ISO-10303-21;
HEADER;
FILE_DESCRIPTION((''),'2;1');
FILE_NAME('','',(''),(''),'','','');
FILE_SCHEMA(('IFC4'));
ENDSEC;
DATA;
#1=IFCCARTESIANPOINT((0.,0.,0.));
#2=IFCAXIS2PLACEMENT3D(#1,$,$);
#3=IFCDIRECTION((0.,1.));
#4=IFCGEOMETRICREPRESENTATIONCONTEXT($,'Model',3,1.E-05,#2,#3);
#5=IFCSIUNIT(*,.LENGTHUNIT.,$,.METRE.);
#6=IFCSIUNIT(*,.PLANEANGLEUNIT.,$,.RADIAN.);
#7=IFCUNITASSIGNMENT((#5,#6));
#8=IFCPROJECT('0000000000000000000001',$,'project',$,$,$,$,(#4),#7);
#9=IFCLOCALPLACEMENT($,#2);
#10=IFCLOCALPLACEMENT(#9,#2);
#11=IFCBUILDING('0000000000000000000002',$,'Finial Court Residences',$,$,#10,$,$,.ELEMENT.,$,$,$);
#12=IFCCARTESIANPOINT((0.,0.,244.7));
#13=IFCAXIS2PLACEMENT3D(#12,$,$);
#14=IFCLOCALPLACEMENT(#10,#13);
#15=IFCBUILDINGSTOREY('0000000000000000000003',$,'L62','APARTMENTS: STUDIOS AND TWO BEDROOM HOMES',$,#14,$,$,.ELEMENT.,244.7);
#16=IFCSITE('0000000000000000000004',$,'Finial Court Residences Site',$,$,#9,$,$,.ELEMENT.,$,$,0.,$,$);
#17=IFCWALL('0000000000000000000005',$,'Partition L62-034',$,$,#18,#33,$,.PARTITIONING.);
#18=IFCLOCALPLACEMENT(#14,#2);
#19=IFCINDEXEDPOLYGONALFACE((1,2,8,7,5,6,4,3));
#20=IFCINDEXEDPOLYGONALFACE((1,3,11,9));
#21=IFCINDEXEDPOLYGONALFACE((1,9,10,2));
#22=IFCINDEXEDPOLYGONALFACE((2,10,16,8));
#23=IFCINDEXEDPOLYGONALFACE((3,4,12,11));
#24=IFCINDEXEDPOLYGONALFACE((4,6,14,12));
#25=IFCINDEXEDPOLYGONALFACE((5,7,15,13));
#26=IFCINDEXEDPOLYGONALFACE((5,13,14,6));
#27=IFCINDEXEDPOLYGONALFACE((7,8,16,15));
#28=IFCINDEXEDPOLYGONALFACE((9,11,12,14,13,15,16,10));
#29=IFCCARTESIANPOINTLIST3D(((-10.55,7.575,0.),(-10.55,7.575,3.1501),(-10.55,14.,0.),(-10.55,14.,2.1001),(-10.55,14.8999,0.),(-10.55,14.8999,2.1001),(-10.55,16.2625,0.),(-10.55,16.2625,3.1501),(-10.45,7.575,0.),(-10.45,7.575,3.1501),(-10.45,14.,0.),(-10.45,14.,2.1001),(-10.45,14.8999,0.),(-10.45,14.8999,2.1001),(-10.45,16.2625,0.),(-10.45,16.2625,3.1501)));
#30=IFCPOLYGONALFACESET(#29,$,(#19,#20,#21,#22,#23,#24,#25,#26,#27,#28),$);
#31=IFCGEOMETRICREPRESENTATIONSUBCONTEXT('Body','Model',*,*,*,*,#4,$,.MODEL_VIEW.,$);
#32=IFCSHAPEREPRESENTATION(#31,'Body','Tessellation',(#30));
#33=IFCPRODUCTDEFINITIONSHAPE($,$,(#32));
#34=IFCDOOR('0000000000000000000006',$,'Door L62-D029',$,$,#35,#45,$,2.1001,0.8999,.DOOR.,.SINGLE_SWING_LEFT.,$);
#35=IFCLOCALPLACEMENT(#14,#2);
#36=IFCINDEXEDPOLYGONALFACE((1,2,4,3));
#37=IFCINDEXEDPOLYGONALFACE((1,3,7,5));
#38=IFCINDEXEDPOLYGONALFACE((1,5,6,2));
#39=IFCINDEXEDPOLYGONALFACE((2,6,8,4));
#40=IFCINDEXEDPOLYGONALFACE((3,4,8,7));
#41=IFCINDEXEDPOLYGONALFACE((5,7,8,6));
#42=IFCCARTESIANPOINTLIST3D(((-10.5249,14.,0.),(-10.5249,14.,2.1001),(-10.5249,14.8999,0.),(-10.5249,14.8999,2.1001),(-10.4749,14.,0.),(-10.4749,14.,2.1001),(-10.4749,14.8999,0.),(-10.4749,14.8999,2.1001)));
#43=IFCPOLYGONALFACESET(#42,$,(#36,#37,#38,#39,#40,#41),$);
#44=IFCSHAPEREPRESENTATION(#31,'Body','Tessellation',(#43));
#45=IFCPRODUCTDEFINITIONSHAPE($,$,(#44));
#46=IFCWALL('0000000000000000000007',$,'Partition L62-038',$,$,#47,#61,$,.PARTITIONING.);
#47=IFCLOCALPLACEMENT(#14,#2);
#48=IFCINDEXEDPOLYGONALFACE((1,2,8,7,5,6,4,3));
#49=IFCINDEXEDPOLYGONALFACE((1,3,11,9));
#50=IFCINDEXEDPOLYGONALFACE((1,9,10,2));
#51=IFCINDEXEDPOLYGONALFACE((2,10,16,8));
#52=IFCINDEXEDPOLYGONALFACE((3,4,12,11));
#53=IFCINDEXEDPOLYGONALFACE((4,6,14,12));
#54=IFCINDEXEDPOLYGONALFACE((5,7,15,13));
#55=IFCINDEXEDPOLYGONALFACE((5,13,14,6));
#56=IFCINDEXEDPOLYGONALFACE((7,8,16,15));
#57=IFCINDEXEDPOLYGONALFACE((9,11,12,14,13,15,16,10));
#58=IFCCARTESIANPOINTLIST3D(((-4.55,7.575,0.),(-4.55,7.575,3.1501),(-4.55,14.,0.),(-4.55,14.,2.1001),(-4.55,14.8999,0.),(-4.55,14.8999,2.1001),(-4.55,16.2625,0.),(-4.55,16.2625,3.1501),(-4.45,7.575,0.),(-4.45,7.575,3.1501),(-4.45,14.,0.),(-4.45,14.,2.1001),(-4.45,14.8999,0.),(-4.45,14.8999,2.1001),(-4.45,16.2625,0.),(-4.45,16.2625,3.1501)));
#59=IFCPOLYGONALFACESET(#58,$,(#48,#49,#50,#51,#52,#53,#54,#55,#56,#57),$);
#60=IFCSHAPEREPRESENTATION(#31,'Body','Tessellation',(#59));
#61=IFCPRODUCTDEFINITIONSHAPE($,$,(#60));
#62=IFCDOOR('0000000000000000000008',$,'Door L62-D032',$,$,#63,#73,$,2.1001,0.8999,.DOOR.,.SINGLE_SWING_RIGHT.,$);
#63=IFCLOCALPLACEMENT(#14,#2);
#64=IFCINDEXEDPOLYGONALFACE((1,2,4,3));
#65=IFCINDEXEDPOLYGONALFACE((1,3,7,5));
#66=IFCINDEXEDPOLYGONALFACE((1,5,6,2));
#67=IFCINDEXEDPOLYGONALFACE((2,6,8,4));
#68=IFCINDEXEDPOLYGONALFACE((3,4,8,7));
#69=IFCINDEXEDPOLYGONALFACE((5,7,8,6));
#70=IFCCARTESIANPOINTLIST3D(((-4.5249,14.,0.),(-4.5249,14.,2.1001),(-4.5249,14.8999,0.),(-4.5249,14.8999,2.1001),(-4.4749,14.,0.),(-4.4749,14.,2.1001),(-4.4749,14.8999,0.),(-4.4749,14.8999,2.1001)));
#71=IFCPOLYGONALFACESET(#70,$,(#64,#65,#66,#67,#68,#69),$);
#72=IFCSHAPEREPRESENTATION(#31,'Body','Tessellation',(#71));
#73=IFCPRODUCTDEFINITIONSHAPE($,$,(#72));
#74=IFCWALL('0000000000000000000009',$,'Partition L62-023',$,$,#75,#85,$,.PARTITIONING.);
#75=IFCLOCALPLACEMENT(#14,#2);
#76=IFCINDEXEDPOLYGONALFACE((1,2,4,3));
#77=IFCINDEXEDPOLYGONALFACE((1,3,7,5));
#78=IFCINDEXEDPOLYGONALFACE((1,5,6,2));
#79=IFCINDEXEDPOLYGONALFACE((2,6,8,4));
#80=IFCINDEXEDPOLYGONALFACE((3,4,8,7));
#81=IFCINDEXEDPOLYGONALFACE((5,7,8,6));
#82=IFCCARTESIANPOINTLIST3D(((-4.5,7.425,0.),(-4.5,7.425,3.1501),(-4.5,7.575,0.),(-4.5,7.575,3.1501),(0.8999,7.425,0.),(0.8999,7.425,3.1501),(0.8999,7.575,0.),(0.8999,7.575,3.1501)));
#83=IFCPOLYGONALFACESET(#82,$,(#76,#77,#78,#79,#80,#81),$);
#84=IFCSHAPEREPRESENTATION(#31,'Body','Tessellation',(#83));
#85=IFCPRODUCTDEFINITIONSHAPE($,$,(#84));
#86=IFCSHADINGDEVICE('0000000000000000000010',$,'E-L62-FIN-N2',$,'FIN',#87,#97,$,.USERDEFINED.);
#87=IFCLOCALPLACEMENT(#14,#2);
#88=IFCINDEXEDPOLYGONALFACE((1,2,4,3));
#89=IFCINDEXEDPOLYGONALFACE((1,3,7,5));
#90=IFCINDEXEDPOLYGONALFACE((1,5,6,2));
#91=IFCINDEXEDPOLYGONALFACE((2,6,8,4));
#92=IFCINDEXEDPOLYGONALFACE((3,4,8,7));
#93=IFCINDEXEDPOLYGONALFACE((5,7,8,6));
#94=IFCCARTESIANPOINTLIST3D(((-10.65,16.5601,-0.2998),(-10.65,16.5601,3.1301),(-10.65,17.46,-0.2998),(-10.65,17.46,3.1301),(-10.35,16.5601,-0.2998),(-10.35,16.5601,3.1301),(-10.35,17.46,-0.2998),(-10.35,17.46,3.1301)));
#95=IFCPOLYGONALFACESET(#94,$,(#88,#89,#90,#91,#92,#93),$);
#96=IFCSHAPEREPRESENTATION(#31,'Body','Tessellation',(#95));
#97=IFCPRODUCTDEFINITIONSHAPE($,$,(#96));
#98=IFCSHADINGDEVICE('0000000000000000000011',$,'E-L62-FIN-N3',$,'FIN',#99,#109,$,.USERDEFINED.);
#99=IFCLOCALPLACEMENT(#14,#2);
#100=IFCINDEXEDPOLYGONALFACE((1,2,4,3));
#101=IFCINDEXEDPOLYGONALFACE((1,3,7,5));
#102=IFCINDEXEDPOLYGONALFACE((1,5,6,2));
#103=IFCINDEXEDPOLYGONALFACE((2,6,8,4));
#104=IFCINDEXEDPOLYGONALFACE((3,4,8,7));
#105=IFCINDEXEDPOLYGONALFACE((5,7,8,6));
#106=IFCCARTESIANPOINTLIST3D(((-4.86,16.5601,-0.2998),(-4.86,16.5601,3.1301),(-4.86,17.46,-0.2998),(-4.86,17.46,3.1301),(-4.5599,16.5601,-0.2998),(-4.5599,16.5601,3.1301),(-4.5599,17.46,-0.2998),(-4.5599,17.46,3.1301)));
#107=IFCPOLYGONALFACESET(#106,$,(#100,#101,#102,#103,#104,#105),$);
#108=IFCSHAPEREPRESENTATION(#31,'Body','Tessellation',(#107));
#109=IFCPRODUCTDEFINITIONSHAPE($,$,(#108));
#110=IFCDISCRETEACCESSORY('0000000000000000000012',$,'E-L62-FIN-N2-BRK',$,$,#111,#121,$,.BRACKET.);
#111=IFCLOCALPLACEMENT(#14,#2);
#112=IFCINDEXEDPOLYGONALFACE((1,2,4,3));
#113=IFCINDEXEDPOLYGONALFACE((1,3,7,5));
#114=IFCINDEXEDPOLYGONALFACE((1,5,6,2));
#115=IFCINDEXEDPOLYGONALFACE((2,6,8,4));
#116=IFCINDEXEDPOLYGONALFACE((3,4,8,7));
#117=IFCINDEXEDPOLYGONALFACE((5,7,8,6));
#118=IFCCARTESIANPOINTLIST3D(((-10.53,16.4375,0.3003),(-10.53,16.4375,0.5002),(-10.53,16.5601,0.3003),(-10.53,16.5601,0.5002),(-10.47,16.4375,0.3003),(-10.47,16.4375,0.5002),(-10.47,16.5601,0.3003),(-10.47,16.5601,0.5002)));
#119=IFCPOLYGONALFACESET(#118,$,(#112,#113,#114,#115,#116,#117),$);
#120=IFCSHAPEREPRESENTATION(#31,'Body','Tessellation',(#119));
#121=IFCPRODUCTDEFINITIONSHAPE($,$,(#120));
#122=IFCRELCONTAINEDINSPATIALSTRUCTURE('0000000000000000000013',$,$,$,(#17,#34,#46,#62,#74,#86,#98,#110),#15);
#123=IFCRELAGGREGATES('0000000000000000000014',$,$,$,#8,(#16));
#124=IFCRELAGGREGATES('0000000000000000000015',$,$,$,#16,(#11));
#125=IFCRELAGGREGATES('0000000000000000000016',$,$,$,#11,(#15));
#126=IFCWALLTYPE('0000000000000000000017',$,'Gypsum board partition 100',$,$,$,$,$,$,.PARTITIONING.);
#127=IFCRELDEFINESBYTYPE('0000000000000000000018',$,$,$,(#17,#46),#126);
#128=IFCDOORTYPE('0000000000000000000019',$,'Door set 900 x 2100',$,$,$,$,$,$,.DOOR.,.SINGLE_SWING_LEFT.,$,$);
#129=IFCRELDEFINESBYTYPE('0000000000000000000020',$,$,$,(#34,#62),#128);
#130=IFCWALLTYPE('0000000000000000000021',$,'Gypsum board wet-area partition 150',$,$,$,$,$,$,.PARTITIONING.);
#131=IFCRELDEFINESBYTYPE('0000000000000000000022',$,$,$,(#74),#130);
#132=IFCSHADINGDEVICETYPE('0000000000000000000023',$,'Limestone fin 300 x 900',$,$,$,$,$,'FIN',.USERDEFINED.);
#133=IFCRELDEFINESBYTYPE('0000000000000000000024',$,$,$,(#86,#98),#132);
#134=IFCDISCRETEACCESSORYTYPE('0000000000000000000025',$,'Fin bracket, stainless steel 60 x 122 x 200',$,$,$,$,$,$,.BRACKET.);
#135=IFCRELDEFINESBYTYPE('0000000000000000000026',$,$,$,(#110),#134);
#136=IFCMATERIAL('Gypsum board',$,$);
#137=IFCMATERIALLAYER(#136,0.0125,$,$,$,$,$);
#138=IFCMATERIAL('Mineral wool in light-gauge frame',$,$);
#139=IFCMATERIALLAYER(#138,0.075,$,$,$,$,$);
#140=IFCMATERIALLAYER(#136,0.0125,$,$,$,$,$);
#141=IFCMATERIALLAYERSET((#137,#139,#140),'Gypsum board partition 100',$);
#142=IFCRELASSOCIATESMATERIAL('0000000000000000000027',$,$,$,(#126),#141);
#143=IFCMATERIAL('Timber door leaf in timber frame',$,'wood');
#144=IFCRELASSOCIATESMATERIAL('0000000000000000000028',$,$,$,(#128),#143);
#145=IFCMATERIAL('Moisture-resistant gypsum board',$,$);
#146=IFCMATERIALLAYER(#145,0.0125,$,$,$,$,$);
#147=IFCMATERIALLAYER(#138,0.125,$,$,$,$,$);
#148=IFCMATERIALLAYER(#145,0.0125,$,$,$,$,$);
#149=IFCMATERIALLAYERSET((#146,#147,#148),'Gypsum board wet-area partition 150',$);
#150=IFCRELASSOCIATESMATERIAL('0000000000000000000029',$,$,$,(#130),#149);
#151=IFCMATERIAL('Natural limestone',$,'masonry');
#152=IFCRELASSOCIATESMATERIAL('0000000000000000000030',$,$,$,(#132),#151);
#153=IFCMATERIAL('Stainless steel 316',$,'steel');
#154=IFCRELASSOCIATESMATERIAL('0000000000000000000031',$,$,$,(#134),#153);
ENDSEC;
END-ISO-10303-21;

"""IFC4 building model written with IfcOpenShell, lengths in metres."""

from ifc_helpers import new_model, si_unit, direction, frame, frame_2d, origin, origin_2d, place, context, subcontext, project, spatial, rectangle, extrude, material, layer, layer_set, type_object, element, fill, save


model = new_model("IFC4")

# Units and contexts
model_context = context("Model", 3, precision=1e-05, world=origin(), true_north=direction((0.0, 1.0)))
body_context = subcontext(model_context, "Body", "Model", "MODEL_VIEW")
ifc_project = project(units=[si_unit("LENGTHUNIT", "METRE"), si_unit("PLANEANGLEUNIT", "RADIAN")], contexts=[model_context])

# Site, building, storey
site_placement = place(None, origin())
site = spatial("IfcSite", under=ifc_project, at=site_placement, Name="Finial Court Residences Site", CompositionType="ELEMENT", RefElevation=0.0)
building_placement = place(site_placement, origin())
building = spatial("IfcBuilding", under=site, at=building_placement, Name="Finial Court Residences", CompositionType="ELEMENT")
storey_placement = place(building_placement, frame((0.0, 0.0, 244.7)))
storey = spatial("IfcBuildingStorey", under=building, at=storey_placement, Name="L62", Description="APARTMENTS: STUDIOS AND TWO BEDROOM HOMES", CompositionType="ELEMENT", Elevation=244.7)

# Walls, openings, doors
ifc_material_1 = material(Name="Gypsum board")
ifc_layer_1 = layer(ifc_material_1, 0.0125)
ifc_material_2 = material(Name="Mineral wool in light-gauge frame")
ifc_layer_2 = layer(ifc_material_2, 0.075)
ifc_layer_3 = layer(ifc_material_1, 0.0125)
ifc_layer_set_1 = layer_set([ifc_layer_1, ifc_layer_2, ifc_layer_3], Name="Gypsum board partition 100")
wall_type_1 = type_object("IfcWallType", Name="Gypsum board partition 100", PredefinedType="PARTITIONING", material=ifc_layer_set_1)
ifc_material_3 = material(Name="Timber door leaf in timber frame", Category="wood")
door_type = type_object("IfcDoorType", Name="Door set 900 x 2100", OperationType="SINGLE_SWING_LEFT", PredefinedType="DOOR", material=ifc_material_3)
wall_1_placement = place(storey_placement, frame((-10.5, 7.575, 0.0), z_axis=(0.0, 0.0, 1.0), x_axis=(0.0, 1.0, 0.0)))
wall_1 = element("IfcWall", 1, at=wall_1_placement, inside=storey, type_object=wall_type_1, Name="Partition L62-034", PredefinedType="PARTITIONING", context=body_context, shape_type="SweptSolid", body=[
    extrude(rectangle(XDim=8.6875, YDim=0.1001, at=frame_2d((4.3438, 0.0))), origin(), (0.0, 0.0, 1.0), 3.1501),
])
opening_1_placement = place(wall_1_placement, frame((6.425, 0.0, 0.0)))
opening_1 = element("IfcOpeningElement", 2, at=opening_1_placement, cuts=wall_1, PredefinedType="OPENING", context=body_context, shape_type="SweptSolid", body=[
    extrude(rectangle(XDim=0.8999, YDim=2.1001, at=frame_2d((0.45, 1.05))), frame((0.0, 0.0601, 0.0), z_axis=(0.0, -1.0, 0.0), x_axis=(1.0, 0.0, 0.0)), (0.0, 0.0, 1.0), 0.1201),
])
door_1_placement = place(opening_1_placement, origin())
door_1 = element("IfcDoor", 3, at=door_1_placement, inside=storey, type_object=door_type, Name="Door L62-D029", OperationType="SINGLE_SWING_LEFT", OverallHeight=2.1001, OverallWidth=0.8999, PredefinedType="DOOR", context=body_context, shape_type="SweptSolid", body=[
    extrude(rectangle(XDim=0.8999, YDim=2.1001, at=frame_2d((0.45, 1.05))), frame((0.0, 0.0249, 0.0), z_axis=(0.0, -1.0, 0.0), x_axis=(1.0, 0.0, 0.0)), (0.0, 0.0, 1.0), 0.05),
])
fill(opening_1, door_1)
wall_2_placement = place(storey_placement, frame((-4.5, 7.575, 0.0), z_axis=(0.0, 0.0, 1.0), x_axis=(0.0, 1.0, 0.0)))
wall_2 = element("IfcWall", 4, at=wall_2_placement, inside=storey, type_object=wall_type_1, Name="Partition L62-038", PredefinedType="PARTITIONING", context=body_context, shape_type="SweptSolid", body=[
    extrude(rectangle(XDim=8.6875, YDim=0.1001, at=frame_2d((4.3438, 0.0))), origin(), (0.0, 0.0, 1.0), 3.1501),
])
opening_2_placement = place(wall_2_placement, frame((6.425, 0.0, 0.0)))
opening_2 = element("IfcOpeningElement", 5, at=opening_2_placement, cuts=wall_2, PredefinedType="OPENING", context=body_context, shape_type="SweptSolid", body=[
    extrude(rectangle(XDim=0.8999, YDim=2.1001, at=frame_2d((0.45, 1.05))), frame((0.0, 0.0601, 0.0), z_axis=(0.0, -1.0, 0.0), x_axis=(1.0, 0.0, 0.0)), (0.0, 0.0, 1.0), 0.1201),
])
door_2_placement = place(opening_2_placement, origin())
door_2 = element("IfcDoor", 6, at=door_2_placement, inside=storey, type_object=door_type, Name="Door L62-D032", OperationType="SINGLE_SWING_RIGHT", OverallHeight=2.1001, OverallWidth=0.8999, PredefinedType="DOOR", context=body_context, shape_type="SweptSolid", body=[
    extrude(rectangle(XDim=0.8999, YDim=2.1001, at=frame_2d((0.45, 1.05))), frame((0.0, 0.0249, 0.0), z_axis=(0.0, -1.0, 0.0), x_axis=(1.0, 0.0, 0.0)), (0.0, 0.0, 1.0), 0.05),
])
fill(opening_2, door_2)

# Wall
ifc_material_4 = material(Name="Moisture-resistant gypsum board")
ifc_layer_4 = layer(ifc_material_4, 0.0125)
ifc_layer_5 = layer(ifc_material_2, 0.125)
ifc_layer_6 = layer(ifc_material_4, 0.0125)
ifc_layer_set_2 = layer_set([ifc_layer_4, ifc_layer_5, ifc_layer_6], Name="Gypsum board wet-area partition 150")
wall_type_2 = type_object("IfcWallType", Name="Gypsum board wet-area partition 150", PredefinedType="PARTITIONING", material=ifc_layer_set_2)
wall_3_placement = place(storey_placement, frame((-4.5, 7.5, 0.0), z_axis=(0.0, 0.0, 1.0), x_axis=(1.0, 0.0, 0.0)))
element("IfcWall", 7, at=wall_3_placement, inside=storey, type_object=wall_type_2, Name="Partition L62-023", PredefinedType="PARTITIONING", context=body_context, shape_type="SweptSolid", body=[
    extrude(rectangle(XDim=5.3999, YDim=0.1499, at=frame_2d((2.7, 0.0))), origin(), (0.0, 0.0, 1.0), 3.1501),
])

# Shading devices
ifc_material_5 = material(Name="Natural limestone", Category="masonry")
shading_device_type = type_object("IfcShadingDeviceType", Name="Limestone fin 300 x 900", ElementType="FIN", PredefinedType="USERDEFINED", material=ifc_material_5)
for number, where, z_axis, x_axis, name in (
    (8, (-10.5, 17.01, -0.2998), (0.0, 0.0, 1.0), (1.0, 0.0, 0.0), "E-L62-FIN-N2"),
    (9, (-4.71, 17.01, -0.2998), (0.0, 0.0, 1.0), (1.0, 0.0, 0.0), "E-L62-FIN-N3"),
):
    element("IfcShadingDevice", number, at=place(storey_placement, frame(where, z_axis=z_axis, x_axis=x_axis)), inside=storey, type_object=shading_device_type, Name=name, ObjectType="FIN", PredefinedType="USERDEFINED", context=body_context, shape_type="SweptSolid", body=[
        extrude(rectangle(XDim=0.3, YDim=0.8999, at=origin_2d()), origin(), (0.0, 0.0, 1.0), 3.4299),
    ])

# Discrete accessory
ifc_material_6 = material(Name="Stainless steel 316", Category="steel")
discrete_accessory_type = type_object("IfcDiscreteAccessoryType", Name="Fin bracket, stainless steel 60 x 122 x 200", PredefinedType="BRACKET", material=ifc_material_6)
discrete_accessory_placement = place(storey_placement, frame((-10.5, 16.4988, 0.3003), z_axis=(0.0, 0.0, 1.0), x_axis=(1.0, 0.0, 0.0)))
element("IfcDiscreteAccessory", 10, at=discrete_accessory_placement, inside=storey, type_object=discrete_accessory_type, Name="E-L62-FIN-N2-BRK", PredefinedType="BRACKET", context=body_context, shape_type="SweptSolid", body=[
    extrude(rectangle(XDim=0.0601, YDim=0.1226, at=origin_2d()), origin(), (0.0, 0.0, 1.0), 0.2),
])

save(model, "model.ifc")
